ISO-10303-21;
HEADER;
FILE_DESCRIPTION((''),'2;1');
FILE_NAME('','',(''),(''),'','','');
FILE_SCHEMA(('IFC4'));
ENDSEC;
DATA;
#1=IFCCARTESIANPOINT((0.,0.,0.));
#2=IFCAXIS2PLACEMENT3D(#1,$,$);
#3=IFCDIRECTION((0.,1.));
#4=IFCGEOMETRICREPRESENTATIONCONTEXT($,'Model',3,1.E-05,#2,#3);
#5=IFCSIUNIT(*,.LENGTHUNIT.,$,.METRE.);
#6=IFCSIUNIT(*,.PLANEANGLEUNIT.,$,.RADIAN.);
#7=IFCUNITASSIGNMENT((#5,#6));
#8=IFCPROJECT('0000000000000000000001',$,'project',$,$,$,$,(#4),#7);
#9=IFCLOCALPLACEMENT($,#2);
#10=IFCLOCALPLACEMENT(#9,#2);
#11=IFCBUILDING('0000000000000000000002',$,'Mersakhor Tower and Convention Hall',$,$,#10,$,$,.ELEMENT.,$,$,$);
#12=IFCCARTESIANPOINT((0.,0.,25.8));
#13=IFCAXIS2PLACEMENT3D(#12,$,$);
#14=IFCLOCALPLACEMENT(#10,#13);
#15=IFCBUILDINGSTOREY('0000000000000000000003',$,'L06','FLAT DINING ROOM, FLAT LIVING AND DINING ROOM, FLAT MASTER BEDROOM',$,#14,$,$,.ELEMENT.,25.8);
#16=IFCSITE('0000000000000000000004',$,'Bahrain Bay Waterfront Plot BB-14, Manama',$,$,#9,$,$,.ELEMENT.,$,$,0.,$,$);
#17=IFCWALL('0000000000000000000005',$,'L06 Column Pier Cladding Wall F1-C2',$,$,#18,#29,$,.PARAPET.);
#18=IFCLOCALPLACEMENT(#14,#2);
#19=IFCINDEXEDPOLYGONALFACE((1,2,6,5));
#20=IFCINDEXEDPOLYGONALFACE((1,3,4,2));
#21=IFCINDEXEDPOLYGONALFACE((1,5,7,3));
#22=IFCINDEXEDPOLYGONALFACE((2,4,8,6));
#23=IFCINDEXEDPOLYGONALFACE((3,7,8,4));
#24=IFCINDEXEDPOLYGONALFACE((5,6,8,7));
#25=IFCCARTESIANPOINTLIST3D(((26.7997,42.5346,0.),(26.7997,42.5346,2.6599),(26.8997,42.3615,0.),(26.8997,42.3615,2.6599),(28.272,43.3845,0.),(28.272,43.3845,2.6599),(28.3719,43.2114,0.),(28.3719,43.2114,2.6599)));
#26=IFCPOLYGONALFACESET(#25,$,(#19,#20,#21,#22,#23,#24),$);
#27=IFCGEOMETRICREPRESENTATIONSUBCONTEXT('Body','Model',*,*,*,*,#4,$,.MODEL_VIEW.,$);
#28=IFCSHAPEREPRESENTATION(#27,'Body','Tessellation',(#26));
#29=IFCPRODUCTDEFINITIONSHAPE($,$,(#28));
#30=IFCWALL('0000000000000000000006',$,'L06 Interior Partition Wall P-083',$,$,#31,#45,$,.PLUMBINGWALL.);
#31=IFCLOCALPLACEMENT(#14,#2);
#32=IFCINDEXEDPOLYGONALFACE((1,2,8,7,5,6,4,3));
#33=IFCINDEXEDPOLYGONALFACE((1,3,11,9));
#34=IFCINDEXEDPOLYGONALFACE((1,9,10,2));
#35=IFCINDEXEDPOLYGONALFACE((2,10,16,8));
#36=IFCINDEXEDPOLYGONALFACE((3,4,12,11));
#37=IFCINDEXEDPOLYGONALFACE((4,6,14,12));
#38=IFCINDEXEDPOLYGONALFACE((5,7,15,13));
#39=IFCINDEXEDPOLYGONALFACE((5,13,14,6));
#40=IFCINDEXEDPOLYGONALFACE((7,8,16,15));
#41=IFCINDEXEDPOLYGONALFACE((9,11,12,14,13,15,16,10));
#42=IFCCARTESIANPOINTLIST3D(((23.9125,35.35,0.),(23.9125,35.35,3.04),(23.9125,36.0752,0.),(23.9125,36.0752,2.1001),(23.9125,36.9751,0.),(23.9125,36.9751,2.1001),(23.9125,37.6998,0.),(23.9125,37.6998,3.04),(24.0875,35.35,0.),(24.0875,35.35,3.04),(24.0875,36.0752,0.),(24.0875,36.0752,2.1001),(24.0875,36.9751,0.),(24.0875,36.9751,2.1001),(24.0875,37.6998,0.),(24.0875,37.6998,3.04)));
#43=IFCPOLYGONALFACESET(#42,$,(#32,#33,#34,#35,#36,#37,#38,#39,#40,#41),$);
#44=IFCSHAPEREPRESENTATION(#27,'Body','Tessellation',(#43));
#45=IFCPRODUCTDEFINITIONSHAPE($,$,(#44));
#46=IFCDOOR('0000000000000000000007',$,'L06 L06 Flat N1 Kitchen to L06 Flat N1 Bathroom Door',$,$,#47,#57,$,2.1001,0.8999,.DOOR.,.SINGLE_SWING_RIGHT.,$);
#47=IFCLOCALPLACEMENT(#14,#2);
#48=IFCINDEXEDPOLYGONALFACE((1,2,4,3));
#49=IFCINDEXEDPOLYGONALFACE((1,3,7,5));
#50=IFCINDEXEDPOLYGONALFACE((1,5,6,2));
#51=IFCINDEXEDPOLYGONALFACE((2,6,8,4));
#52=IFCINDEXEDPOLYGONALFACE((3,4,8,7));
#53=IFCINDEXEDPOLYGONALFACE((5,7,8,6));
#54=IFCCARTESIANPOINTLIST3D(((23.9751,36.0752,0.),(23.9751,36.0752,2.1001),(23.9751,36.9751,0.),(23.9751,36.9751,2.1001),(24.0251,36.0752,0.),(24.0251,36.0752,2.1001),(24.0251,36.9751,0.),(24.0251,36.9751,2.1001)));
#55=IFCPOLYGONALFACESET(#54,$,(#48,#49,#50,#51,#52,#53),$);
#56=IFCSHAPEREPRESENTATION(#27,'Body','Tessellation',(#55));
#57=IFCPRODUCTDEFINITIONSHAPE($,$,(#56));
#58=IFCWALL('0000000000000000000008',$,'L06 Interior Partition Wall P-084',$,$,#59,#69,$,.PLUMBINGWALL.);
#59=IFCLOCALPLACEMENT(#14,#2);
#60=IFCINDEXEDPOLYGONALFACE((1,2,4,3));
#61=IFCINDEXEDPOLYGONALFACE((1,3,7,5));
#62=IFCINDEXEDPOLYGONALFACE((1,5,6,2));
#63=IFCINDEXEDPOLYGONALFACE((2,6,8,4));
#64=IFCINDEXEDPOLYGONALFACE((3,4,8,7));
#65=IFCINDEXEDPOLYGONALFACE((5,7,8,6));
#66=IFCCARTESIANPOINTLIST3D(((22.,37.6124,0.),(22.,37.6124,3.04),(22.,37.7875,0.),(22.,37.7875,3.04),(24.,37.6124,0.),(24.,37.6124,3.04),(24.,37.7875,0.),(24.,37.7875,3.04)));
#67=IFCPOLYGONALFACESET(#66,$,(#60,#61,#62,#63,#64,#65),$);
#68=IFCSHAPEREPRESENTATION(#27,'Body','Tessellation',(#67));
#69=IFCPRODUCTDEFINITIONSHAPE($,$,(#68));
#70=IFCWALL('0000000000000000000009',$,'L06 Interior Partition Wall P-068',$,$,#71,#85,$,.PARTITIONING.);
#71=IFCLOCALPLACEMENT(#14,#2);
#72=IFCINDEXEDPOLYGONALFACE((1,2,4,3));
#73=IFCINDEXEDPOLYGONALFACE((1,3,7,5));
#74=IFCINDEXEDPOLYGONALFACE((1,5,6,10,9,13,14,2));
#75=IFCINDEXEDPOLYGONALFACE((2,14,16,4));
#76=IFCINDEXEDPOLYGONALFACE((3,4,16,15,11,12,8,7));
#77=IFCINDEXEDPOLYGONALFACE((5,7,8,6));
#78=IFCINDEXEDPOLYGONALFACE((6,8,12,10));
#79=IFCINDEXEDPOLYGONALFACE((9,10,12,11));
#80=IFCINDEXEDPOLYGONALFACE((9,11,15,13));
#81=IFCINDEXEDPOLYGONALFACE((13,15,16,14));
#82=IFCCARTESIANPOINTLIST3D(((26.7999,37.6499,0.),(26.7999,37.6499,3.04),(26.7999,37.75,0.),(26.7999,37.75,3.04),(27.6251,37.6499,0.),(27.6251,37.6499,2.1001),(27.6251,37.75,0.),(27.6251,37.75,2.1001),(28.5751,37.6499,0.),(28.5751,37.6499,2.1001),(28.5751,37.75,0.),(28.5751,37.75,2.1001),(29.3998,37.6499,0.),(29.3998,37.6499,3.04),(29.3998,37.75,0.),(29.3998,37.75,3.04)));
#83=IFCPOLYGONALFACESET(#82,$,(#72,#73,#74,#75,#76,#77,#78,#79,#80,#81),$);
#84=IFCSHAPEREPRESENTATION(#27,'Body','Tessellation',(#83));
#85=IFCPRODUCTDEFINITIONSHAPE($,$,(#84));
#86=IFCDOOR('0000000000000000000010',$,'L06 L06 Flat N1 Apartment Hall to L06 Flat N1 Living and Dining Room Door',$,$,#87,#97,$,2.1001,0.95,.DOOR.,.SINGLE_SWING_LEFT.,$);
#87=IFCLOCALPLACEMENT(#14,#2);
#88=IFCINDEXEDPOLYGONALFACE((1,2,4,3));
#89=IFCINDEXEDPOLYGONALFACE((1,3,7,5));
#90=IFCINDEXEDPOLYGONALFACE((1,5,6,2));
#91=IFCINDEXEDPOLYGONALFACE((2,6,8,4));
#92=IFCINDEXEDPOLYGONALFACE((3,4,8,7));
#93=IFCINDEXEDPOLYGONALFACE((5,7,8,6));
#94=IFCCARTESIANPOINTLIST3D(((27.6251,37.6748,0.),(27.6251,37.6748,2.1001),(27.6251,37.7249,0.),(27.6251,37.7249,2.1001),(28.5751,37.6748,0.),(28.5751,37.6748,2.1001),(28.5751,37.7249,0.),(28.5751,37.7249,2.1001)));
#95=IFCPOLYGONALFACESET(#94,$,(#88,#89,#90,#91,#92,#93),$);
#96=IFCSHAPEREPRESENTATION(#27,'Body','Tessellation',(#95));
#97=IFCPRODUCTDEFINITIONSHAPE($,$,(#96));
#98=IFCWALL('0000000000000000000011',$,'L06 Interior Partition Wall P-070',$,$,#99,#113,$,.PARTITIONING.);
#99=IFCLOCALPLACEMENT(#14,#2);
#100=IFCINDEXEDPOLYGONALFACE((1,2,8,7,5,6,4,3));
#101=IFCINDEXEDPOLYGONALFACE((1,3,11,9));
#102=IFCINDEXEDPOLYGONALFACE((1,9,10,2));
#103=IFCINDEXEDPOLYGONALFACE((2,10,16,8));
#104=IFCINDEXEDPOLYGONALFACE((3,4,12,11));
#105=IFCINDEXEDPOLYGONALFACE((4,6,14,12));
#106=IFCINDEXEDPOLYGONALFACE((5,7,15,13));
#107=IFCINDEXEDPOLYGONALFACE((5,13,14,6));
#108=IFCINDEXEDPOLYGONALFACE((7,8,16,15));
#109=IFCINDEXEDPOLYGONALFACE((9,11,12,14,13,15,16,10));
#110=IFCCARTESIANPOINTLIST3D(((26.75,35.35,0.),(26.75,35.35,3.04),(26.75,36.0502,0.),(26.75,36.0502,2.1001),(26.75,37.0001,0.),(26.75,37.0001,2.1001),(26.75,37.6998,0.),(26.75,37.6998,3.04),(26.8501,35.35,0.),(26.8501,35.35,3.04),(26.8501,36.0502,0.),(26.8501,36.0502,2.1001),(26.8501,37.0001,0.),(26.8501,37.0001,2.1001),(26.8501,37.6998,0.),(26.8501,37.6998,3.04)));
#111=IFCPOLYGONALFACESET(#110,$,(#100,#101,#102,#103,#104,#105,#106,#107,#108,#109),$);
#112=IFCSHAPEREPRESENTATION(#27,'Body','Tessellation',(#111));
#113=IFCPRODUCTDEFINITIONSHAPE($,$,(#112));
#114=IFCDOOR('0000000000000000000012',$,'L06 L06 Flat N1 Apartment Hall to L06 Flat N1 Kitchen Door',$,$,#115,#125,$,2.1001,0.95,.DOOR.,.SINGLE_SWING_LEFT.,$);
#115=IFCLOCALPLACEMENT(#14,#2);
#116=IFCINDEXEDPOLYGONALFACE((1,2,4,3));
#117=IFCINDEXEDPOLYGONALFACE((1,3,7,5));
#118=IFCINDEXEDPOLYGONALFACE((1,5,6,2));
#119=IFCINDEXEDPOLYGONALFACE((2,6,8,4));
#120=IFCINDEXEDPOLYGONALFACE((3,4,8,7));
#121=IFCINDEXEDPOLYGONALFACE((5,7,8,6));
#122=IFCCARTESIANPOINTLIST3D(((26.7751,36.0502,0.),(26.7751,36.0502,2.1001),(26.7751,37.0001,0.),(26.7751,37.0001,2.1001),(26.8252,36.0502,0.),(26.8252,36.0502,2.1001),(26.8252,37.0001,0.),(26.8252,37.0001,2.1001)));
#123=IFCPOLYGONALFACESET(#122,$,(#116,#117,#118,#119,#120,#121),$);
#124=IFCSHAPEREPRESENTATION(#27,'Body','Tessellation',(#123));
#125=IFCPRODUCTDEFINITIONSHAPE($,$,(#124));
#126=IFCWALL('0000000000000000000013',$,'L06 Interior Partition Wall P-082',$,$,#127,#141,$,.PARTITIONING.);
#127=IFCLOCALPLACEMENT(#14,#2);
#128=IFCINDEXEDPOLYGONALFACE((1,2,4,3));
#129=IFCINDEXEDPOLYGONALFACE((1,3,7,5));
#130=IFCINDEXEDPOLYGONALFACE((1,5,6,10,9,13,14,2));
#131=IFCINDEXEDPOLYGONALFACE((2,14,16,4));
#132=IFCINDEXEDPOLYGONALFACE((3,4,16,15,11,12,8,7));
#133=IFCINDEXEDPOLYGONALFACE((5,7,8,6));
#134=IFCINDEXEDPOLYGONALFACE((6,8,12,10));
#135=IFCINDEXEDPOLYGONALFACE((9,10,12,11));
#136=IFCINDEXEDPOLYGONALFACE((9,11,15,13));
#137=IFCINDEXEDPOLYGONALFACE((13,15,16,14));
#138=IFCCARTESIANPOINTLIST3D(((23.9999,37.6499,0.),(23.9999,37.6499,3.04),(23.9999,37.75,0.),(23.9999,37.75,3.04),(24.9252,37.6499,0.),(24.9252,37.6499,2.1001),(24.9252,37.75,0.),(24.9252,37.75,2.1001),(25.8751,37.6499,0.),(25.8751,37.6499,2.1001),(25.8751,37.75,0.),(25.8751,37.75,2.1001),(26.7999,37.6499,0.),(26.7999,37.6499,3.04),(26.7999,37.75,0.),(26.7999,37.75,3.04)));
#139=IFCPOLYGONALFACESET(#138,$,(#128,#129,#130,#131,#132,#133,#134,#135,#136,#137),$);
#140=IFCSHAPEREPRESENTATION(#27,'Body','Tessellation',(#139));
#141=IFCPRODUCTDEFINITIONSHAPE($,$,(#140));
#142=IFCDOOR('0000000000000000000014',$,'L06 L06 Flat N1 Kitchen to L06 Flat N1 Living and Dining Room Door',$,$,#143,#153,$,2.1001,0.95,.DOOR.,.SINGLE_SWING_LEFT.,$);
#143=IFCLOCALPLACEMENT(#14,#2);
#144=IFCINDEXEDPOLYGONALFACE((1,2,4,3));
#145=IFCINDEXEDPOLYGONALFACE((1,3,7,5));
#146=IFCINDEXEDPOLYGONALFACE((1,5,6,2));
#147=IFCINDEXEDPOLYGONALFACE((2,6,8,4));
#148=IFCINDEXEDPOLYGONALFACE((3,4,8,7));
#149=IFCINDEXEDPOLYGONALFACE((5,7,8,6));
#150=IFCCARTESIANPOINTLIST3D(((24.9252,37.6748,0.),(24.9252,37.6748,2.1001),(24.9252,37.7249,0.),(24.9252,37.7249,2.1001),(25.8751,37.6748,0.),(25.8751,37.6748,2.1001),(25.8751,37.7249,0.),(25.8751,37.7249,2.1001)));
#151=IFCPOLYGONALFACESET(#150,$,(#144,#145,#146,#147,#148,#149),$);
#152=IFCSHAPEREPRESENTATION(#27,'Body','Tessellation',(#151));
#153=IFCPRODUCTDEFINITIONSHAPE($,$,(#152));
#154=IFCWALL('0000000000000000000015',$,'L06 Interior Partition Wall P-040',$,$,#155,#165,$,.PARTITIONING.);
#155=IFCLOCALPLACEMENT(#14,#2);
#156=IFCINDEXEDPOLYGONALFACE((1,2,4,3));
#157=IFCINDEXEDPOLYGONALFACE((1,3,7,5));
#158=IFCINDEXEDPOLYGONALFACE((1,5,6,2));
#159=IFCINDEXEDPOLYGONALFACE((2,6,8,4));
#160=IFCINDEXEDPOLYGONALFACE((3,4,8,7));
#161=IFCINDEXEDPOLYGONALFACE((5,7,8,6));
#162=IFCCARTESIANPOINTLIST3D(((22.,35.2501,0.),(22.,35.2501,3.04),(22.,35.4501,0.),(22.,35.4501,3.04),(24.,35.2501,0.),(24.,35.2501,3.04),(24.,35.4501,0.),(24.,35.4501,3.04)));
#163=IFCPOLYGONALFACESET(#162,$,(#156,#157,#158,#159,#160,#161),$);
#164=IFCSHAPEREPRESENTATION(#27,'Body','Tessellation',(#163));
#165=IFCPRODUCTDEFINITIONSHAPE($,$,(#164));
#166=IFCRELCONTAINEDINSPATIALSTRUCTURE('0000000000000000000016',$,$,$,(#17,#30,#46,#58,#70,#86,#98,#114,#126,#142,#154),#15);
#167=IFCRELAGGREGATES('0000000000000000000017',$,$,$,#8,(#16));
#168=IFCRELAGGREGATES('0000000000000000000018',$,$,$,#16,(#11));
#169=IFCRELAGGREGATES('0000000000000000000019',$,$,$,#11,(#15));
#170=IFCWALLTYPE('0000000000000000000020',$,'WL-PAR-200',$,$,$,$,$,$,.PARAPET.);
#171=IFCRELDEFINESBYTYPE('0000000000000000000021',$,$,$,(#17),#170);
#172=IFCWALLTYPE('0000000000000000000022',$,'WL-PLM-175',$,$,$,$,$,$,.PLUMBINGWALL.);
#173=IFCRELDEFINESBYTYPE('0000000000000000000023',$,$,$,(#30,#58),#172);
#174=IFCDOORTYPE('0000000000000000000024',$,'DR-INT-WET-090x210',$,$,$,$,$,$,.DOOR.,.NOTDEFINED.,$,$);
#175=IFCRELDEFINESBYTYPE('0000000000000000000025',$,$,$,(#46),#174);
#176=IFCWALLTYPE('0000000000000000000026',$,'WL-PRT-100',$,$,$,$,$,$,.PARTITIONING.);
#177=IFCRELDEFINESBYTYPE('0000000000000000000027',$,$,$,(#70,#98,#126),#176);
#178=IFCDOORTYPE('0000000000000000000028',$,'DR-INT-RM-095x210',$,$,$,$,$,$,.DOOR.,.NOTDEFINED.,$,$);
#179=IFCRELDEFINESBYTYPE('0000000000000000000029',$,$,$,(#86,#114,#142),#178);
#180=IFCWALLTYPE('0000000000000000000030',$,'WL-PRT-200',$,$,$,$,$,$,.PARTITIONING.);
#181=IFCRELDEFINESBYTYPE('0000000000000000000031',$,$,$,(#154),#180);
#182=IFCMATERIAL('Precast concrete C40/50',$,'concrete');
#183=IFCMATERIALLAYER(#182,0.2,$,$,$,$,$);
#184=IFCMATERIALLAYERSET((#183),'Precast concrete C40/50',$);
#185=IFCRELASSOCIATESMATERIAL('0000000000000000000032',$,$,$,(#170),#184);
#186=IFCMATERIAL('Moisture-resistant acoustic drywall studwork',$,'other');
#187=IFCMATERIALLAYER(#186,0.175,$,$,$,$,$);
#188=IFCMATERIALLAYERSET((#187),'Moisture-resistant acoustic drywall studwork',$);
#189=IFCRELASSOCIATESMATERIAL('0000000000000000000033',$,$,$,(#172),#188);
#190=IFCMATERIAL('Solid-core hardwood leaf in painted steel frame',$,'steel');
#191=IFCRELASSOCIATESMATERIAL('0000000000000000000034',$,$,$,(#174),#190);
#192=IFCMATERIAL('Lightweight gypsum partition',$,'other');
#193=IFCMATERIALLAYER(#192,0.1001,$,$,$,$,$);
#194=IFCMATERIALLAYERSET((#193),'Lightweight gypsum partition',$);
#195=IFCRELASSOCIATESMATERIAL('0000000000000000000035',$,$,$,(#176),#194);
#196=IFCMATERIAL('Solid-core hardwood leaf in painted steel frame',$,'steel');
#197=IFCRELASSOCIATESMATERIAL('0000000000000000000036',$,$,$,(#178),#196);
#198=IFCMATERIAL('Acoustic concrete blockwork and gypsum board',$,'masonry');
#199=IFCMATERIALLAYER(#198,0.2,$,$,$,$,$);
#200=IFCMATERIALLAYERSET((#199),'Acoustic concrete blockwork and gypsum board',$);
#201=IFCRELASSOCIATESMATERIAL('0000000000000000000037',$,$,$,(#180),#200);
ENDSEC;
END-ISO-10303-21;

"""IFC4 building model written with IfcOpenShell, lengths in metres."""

from ifc_helpers import new_model, si_unit, direction, frame, frame_2d, origin, place, context, subcontext, project, spatial, rectangle, extrude, material, layer, layer_set, type_object, element, fill, save


model = new_model("IFC4")

# Units and contexts
model_context = context("Model", 3, precision=1e-05, world=origin(), true_north=direction((0.0, 1.0)))
body_context = subcontext(model_context, "Body", "Model", "MODEL_VIEW")
ifc_project = project(units=[si_unit("LENGTHUNIT", "METRE"), si_unit("PLANEANGLEUNIT", "RADIAN")], contexts=[model_context])

# Site, building, storey
site_placement = place(None, origin())
site = spatial("IfcSite", under=ifc_project, at=site_placement, Name="Bahrain Bay Waterfront Plot BB-14, Manama", CompositionType="ELEMENT", RefElevation=0.0)
building_placement = place(site_placement, origin())
building = spatial("IfcBuilding", under=site, at=building_placement, Name="Mersakhor Tower and Convention Hall", CompositionType="ELEMENT")
storey_placement = place(building_placement, frame((0.0, 0.0, 25.8)))
storey = spatial("IfcBuildingStorey", under=building, at=storey_placement, Name="L06", Description="FLAT DINING ROOM, FLAT LIVING AND DINING ROOM, FLAT MASTER BEDROOM", CompositionType="ELEMENT", Elevation=25.8)

# Wall
ifc_material_1 = material(Name="Precast concrete C40/50", Category="concrete")
ifc_layer_1 = layer(ifc_material_1, 0.2)
ifc_layer_set_1 = layer_set([ifc_layer_1], Name="Precast concrete C40/50")
wall_type_1 = type_object("IfcWallType", Name="WL-PAR-200", PredefinedType="PARAPET", material=ifc_layer_set_1)
wall_1_placement = place(storey_placement, frame((26.8496, 42.448, 0.0), z_axis=(0.0, 0.0, 1.0), x_axis=(0.866052, 0.499955, 0.0)))
element("IfcWall", 1, at=wall_1_placement, inside=storey, type_object=wall_type_1, Name="L06 Column Pier Cladding Wall F1-C2", PredefinedType="PARAPET", context=body_context, shape_type="SweptSolid", body=[
    extrude(rectangle(XDim=1.7, YDim=0.2, at=frame_2d((0.8501, 0.0))), origin(), (0.0, 0.0, 1.0), 2.6599),
])

# Wall, opening, door
ifc_material_2 = material(Name="Moisture-resistant acoustic drywall studwork", Category="other")
ifc_layer_2 = layer(ifc_material_2, 0.175)
ifc_layer_set_2 = layer_set([ifc_layer_2], Name="Moisture-resistant acoustic drywall studwork")
wall_type_2 = type_object("IfcWallType", Name="WL-PLM-175", PredefinedType="PLUMBINGWALL", material=ifc_layer_set_2)
wall_2_placement = place(storey_placement, frame((24.0, 35.3501, 0.0), z_axis=(0.0, 0.0, 1.0), x_axis=(0.0, 1.0, 0.0)))
wall_2 = element("IfcWall", 2, at=wall_2_placement, inside=storey, type_object=wall_type_2, Name="L06 Interior Partition Wall P-083", PredefinedType="PLUMBINGWALL", context=body_context, shape_type="SweptSolid", body=[
    extrude(rectangle(XDim=2.3499, YDim=0.175, at=frame_2d((1.1748, 0.0))), origin(), (0.0, 0.0, 1.0), 3.04),
])
opening_1_placement = place(wall_2_placement, frame((0.7251, 0.0, 0.0)))
opening_1 = element("IfcOpeningElement", 3, at=opening_1_placement, cuts=wall_2, PredefinedType="OPENING", context=body_context, shape_type="SweptSolid", body=[
    extrude(rectangle(XDim=0.8999, YDim=2.1001, at=frame_2d((0.45, 1.05))), frame((0.0, 0.0974, 0.0), z_axis=(0.0, -1.0, 0.0), x_axis=(1.0, 0.0, 0.0)), (0.0, 0.0, 1.0), 0.1951),
])
ifc_material_3 = material(Name="Solid-core hardwood leaf in painted steel frame", Category="steel")
door_type_1 = type_object("IfcDoorType", Name="DR-INT-WET-090x210", OperationType="NOTDEFINED", PredefinedType="DOOR", material=ifc_material_3)
door_1_placement = place(opening_1_placement, origin())
door_1 = element("IfcDoor", 4, at=door_1_placement, inside=storey, type_object=door_type_1, Name="L06 L06 Flat N1 Kitchen to L06 Flat N1 Bathroom Door", OperationType="SINGLE_SWING_RIGHT", OverallHeight=2.1001, OverallWidth=0.8999, PredefinedType="DOOR", context=body_context, shape_type="SweptSolid", body=[
    extrude(rectangle(XDim=0.8999, YDim=2.1001, at=frame_2d((0.45, 1.05))), frame((0.0, 0.0249, 0.0), z_axis=(0.0, -1.0, 0.0), x_axis=(1.0, 0.0, 0.0)), (0.0, 0.0, 1.0), 0.05),
])
fill(opening_1, door_1)

# Wall
wall_3_placement = place(storey_placement, frame((22.0, 37.7, 0.0), z_axis=(0.0, 0.0, 1.0), x_axis=(1.0, 0.0, 0.0)))
element("IfcWall", 5, at=wall_3_placement, inside=storey, type_object=wall_type_2, Name="L06 Interior Partition Wall P-084", PredefinedType="PLUMBINGWALL", context=body_context, shape_type="SweptSolid", body=[
    extrude(rectangle(XDim=2.0, YDim=0.175, at=frame_2d((1.0, 0.0))), origin(), (0.0, 0.0, 1.0), 3.04),
])

# Walls, openings, doors
ifc_material_4 = material(Name="Lightweight gypsum partition", Category="other")
ifc_layer_3 = layer(ifc_material_4, 0.1001)
ifc_layer_set_3 = layer_set([ifc_layer_3], Name="Lightweight gypsum partition")
wall_type_3 = type_object("IfcWallType", Name="WL-PRT-100", PredefinedType="PARTITIONING", material=ifc_layer_set_3)
wall_4_placement = place(storey_placement, frame((26.8, 37.7, 0.0), z_axis=(0.0, 0.0, 1.0), x_axis=(1.0, 0.0, 0.0)))
wall_4 = element("IfcWall", 6, at=wall_4_placement, inside=storey, type_object=wall_type_3, Name="L06 Interior Partition Wall P-068", PredefinedType="PARTITIONING", context=body_context, shape_type="SweptSolid", body=[
    extrude(rectangle(XDim=2.5999, YDim=0.1001, at=frame_2d((1.2998, 0.0))), origin(), (0.0, 0.0, 1.0), 3.04),
])
opening_2_placement = place(wall_4_placement, frame((0.825, 0.0, 0.0)))
opening_2 = element("IfcOpeningElement", 7, at=opening_2_placement, cuts=wall_4, PredefinedType="OPENING", context=body_context, shape_type="SweptSolid", body=[
    extrude(rectangle(XDim=0.95, YDim=2.1001, at=frame_2d((0.4751, 1.05))), frame((0.0, 0.0601, 0.0), z_axis=(0.0, -1.0, 0.0), x_axis=(1.0, 0.0, 0.0)), (0.0, 0.0, 1.0), 0.1201),
])
ifc_material_5 = material(Name="Solid-core hardwood leaf in painted steel frame", Category="steel")
door_type_2 = type_object("IfcDoorType", Name="DR-INT-RM-095x210", OperationType="NOTDEFINED", PredefinedType="DOOR", material=ifc_material_5)
door_2_placement = place(opening_2_placement, origin())
door_2 = element("IfcDoor", 8, at=door_2_placement, inside=storey, type_object=door_type_2, Name="L06 L06 Flat N1 Apartment Hall to L06 Flat N1 Living and Dining Room Door", OperationType="SINGLE_SWING_LEFT", OverallHeight=2.1001, OverallWidth=0.95, PredefinedType="DOOR", context=body_context, shape_type="SweptSolid", body=[
    extrude(rectangle(XDim=0.95, YDim=2.1001, at=frame_2d((0.4751, 1.05))), frame((0.0, 0.0249, 0.0), z_axis=(0.0, -1.0, 0.0), x_axis=(1.0, 0.0, 0.0)), (0.0, 0.0, 1.0), 0.05),
])
fill(opening_2, door_2)
wall_5_placement = place(storey_placement, frame((26.8, 35.3501, 0.0), z_axis=(0.0, 0.0, 1.0), x_axis=(0.0, 1.0, 0.0)))
wall_5 = element("IfcWall", 9, at=wall_5_placement, inside=storey, type_object=wall_type_3, Name="L06 Interior Partition Wall P-070", PredefinedType="PARTITIONING", context=body_context, shape_type="SweptSolid", body=[
    extrude(rectangle(XDim=2.3499, YDim=0.1001, at=frame_2d((1.1748, 0.0))), origin(), (0.0, 0.0, 1.0), 3.04),
])
opening_3_placement = place(wall_5_placement, frame((0.7, 0.0, 0.0)))
opening_3 = element("IfcOpeningElement", 10, at=opening_3_placement, cuts=wall_5, PredefinedType="OPENING", context=body_context, shape_type="SweptSolid", body=[
    extrude(rectangle(XDim=0.95, YDim=2.1001, at=frame_2d((0.4751, 1.05))), frame((0.0, 0.0601, 0.0), z_axis=(0.0, -1.0, 0.0), x_axis=(1.0, 0.0, 0.0)), (0.0, 0.0, 1.0), 0.1201),
])
door_3_placement = place(opening_3_placement, origin())
door_3 = element("IfcDoor", 11, at=door_3_placement, inside=storey, type_object=door_type_2, Name="L06 L06 Flat N1 Apartment Hall to L06 Flat N1 Kitchen Door", OperationType="SINGLE_SWING_LEFT", OverallHeight=2.1001, OverallWidth=0.95, PredefinedType="DOOR", context=body_context, shape_type="SweptSolid", body=[
    extrude(rectangle(XDim=0.95, YDim=2.1001, at=frame_2d((0.4751, 1.05))), frame((0.0, 0.0249, 0.0), z_axis=(0.0, -1.0, 0.0), x_axis=(1.0, 0.0, 0.0)), (0.0, 0.0, 1.0), 0.05),
])
fill(opening_3, door_3)
wall_6_placement = place(storey_placement, frame((24.0, 37.7, 0.0), z_axis=(0.0, 0.0, 1.0), x_axis=(1.0, 0.0, 0.0)))
wall_6 = element("IfcWall", 12, at=wall_6_placement, inside=storey, type_object=wall_type_3, Name="L06 Interior Partition Wall P-082", PredefinedType="PARTITIONING", context=body_context, shape_type="SweptSolid", body=[
    extrude(rectangle(XDim=2.8, YDim=0.1001, at=frame_2d((1.3999, 0.0))), origin(), (0.0, 0.0, 1.0), 3.04),
])
opening_4_placement = place(wall_6_placement, frame((0.925, 0.0, 0.0)))
opening_4 = element("IfcOpeningElement", 13, at=opening_4_placement, cuts=wall_6, PredefinedType="OPENING", context=body_context, shape_type="SweptSolid", body=[
    extrude(rectangle(XDim=0.95, YDim=2.1001, at=frame_2d((0.4751, 1.05))), frame((0.0, 0.0601, 0.0), z_axis=(0.0, -1.0, 0.0), x_axis=(1.0, 0.0, 0.0)), (0.0, 0.0, 1.0), 0.1201),
])
door_4_placement = place(opening_4_placement, origin())
door_4 = element("IfcDoor", 14, at=door_4_placement, inside=storey, type_object=door_type_2, Name="L06 L06 Flat N1 Kitchen to L06 Flat N1 Living and Dining Room Door", OperationType="SINGLE_SWING_LEFT", OverallHeight=2.1001, OverallWidth=0.95, PredefinedType="DOOR", context=body_context, shape_type="SweptSolid", body=[
    extrude(rectangle(XDim=0.95, YDim=2.1001, at=frame_2d((0.4751, 1.05))), frame((0.0, 0.0249, 0.0), z_axis=(0.0, -1.0, 0.0), x_axis=(1.0, 0.0, 0.0)), (0.0, 0.0, 1.0), 0.05),
])
fill(opening_4, door_4)

# Wall
ifc_material_6 = material(Name="Acoustic concrete blockwork and gypsum board", Category="masonry")
ifc_layer_4 = layer(ifc_material_6, 0.2)
ifc_layer_set_4 = layer_set([ifc_layer_4], Name="Acoustic concrete blockwork and gypsum board")
wall_type_4 = type_object("IfcWallType", Name="WL-PRT-200", PredefinedType="PARTITIONING", material=ifc_layer_set_4)
wall_7_placement = place(storey_placement, frame((22.0, 35.3501, 0.0), z_axis=(0.0, 0.0, 1.0), x_axis=(1.0, 0.0, 0.0)))
element("IfcWall", 15, at=wall_7_placement, inside=storey, type_object=wall_type_4, Name="L06 Interior Partition Wall P-040", PredefinedType="PARTITIONING", context=body_context, shape_type="SweptSolid", body=[
    extrude(rectangle(XDim=2.0, YDim=0.2, at=frame_2d((1.0, 0.0))), origin(), (0.0, 0.0, 1.0), 3.04),
])

save(model, "model.ifc")
